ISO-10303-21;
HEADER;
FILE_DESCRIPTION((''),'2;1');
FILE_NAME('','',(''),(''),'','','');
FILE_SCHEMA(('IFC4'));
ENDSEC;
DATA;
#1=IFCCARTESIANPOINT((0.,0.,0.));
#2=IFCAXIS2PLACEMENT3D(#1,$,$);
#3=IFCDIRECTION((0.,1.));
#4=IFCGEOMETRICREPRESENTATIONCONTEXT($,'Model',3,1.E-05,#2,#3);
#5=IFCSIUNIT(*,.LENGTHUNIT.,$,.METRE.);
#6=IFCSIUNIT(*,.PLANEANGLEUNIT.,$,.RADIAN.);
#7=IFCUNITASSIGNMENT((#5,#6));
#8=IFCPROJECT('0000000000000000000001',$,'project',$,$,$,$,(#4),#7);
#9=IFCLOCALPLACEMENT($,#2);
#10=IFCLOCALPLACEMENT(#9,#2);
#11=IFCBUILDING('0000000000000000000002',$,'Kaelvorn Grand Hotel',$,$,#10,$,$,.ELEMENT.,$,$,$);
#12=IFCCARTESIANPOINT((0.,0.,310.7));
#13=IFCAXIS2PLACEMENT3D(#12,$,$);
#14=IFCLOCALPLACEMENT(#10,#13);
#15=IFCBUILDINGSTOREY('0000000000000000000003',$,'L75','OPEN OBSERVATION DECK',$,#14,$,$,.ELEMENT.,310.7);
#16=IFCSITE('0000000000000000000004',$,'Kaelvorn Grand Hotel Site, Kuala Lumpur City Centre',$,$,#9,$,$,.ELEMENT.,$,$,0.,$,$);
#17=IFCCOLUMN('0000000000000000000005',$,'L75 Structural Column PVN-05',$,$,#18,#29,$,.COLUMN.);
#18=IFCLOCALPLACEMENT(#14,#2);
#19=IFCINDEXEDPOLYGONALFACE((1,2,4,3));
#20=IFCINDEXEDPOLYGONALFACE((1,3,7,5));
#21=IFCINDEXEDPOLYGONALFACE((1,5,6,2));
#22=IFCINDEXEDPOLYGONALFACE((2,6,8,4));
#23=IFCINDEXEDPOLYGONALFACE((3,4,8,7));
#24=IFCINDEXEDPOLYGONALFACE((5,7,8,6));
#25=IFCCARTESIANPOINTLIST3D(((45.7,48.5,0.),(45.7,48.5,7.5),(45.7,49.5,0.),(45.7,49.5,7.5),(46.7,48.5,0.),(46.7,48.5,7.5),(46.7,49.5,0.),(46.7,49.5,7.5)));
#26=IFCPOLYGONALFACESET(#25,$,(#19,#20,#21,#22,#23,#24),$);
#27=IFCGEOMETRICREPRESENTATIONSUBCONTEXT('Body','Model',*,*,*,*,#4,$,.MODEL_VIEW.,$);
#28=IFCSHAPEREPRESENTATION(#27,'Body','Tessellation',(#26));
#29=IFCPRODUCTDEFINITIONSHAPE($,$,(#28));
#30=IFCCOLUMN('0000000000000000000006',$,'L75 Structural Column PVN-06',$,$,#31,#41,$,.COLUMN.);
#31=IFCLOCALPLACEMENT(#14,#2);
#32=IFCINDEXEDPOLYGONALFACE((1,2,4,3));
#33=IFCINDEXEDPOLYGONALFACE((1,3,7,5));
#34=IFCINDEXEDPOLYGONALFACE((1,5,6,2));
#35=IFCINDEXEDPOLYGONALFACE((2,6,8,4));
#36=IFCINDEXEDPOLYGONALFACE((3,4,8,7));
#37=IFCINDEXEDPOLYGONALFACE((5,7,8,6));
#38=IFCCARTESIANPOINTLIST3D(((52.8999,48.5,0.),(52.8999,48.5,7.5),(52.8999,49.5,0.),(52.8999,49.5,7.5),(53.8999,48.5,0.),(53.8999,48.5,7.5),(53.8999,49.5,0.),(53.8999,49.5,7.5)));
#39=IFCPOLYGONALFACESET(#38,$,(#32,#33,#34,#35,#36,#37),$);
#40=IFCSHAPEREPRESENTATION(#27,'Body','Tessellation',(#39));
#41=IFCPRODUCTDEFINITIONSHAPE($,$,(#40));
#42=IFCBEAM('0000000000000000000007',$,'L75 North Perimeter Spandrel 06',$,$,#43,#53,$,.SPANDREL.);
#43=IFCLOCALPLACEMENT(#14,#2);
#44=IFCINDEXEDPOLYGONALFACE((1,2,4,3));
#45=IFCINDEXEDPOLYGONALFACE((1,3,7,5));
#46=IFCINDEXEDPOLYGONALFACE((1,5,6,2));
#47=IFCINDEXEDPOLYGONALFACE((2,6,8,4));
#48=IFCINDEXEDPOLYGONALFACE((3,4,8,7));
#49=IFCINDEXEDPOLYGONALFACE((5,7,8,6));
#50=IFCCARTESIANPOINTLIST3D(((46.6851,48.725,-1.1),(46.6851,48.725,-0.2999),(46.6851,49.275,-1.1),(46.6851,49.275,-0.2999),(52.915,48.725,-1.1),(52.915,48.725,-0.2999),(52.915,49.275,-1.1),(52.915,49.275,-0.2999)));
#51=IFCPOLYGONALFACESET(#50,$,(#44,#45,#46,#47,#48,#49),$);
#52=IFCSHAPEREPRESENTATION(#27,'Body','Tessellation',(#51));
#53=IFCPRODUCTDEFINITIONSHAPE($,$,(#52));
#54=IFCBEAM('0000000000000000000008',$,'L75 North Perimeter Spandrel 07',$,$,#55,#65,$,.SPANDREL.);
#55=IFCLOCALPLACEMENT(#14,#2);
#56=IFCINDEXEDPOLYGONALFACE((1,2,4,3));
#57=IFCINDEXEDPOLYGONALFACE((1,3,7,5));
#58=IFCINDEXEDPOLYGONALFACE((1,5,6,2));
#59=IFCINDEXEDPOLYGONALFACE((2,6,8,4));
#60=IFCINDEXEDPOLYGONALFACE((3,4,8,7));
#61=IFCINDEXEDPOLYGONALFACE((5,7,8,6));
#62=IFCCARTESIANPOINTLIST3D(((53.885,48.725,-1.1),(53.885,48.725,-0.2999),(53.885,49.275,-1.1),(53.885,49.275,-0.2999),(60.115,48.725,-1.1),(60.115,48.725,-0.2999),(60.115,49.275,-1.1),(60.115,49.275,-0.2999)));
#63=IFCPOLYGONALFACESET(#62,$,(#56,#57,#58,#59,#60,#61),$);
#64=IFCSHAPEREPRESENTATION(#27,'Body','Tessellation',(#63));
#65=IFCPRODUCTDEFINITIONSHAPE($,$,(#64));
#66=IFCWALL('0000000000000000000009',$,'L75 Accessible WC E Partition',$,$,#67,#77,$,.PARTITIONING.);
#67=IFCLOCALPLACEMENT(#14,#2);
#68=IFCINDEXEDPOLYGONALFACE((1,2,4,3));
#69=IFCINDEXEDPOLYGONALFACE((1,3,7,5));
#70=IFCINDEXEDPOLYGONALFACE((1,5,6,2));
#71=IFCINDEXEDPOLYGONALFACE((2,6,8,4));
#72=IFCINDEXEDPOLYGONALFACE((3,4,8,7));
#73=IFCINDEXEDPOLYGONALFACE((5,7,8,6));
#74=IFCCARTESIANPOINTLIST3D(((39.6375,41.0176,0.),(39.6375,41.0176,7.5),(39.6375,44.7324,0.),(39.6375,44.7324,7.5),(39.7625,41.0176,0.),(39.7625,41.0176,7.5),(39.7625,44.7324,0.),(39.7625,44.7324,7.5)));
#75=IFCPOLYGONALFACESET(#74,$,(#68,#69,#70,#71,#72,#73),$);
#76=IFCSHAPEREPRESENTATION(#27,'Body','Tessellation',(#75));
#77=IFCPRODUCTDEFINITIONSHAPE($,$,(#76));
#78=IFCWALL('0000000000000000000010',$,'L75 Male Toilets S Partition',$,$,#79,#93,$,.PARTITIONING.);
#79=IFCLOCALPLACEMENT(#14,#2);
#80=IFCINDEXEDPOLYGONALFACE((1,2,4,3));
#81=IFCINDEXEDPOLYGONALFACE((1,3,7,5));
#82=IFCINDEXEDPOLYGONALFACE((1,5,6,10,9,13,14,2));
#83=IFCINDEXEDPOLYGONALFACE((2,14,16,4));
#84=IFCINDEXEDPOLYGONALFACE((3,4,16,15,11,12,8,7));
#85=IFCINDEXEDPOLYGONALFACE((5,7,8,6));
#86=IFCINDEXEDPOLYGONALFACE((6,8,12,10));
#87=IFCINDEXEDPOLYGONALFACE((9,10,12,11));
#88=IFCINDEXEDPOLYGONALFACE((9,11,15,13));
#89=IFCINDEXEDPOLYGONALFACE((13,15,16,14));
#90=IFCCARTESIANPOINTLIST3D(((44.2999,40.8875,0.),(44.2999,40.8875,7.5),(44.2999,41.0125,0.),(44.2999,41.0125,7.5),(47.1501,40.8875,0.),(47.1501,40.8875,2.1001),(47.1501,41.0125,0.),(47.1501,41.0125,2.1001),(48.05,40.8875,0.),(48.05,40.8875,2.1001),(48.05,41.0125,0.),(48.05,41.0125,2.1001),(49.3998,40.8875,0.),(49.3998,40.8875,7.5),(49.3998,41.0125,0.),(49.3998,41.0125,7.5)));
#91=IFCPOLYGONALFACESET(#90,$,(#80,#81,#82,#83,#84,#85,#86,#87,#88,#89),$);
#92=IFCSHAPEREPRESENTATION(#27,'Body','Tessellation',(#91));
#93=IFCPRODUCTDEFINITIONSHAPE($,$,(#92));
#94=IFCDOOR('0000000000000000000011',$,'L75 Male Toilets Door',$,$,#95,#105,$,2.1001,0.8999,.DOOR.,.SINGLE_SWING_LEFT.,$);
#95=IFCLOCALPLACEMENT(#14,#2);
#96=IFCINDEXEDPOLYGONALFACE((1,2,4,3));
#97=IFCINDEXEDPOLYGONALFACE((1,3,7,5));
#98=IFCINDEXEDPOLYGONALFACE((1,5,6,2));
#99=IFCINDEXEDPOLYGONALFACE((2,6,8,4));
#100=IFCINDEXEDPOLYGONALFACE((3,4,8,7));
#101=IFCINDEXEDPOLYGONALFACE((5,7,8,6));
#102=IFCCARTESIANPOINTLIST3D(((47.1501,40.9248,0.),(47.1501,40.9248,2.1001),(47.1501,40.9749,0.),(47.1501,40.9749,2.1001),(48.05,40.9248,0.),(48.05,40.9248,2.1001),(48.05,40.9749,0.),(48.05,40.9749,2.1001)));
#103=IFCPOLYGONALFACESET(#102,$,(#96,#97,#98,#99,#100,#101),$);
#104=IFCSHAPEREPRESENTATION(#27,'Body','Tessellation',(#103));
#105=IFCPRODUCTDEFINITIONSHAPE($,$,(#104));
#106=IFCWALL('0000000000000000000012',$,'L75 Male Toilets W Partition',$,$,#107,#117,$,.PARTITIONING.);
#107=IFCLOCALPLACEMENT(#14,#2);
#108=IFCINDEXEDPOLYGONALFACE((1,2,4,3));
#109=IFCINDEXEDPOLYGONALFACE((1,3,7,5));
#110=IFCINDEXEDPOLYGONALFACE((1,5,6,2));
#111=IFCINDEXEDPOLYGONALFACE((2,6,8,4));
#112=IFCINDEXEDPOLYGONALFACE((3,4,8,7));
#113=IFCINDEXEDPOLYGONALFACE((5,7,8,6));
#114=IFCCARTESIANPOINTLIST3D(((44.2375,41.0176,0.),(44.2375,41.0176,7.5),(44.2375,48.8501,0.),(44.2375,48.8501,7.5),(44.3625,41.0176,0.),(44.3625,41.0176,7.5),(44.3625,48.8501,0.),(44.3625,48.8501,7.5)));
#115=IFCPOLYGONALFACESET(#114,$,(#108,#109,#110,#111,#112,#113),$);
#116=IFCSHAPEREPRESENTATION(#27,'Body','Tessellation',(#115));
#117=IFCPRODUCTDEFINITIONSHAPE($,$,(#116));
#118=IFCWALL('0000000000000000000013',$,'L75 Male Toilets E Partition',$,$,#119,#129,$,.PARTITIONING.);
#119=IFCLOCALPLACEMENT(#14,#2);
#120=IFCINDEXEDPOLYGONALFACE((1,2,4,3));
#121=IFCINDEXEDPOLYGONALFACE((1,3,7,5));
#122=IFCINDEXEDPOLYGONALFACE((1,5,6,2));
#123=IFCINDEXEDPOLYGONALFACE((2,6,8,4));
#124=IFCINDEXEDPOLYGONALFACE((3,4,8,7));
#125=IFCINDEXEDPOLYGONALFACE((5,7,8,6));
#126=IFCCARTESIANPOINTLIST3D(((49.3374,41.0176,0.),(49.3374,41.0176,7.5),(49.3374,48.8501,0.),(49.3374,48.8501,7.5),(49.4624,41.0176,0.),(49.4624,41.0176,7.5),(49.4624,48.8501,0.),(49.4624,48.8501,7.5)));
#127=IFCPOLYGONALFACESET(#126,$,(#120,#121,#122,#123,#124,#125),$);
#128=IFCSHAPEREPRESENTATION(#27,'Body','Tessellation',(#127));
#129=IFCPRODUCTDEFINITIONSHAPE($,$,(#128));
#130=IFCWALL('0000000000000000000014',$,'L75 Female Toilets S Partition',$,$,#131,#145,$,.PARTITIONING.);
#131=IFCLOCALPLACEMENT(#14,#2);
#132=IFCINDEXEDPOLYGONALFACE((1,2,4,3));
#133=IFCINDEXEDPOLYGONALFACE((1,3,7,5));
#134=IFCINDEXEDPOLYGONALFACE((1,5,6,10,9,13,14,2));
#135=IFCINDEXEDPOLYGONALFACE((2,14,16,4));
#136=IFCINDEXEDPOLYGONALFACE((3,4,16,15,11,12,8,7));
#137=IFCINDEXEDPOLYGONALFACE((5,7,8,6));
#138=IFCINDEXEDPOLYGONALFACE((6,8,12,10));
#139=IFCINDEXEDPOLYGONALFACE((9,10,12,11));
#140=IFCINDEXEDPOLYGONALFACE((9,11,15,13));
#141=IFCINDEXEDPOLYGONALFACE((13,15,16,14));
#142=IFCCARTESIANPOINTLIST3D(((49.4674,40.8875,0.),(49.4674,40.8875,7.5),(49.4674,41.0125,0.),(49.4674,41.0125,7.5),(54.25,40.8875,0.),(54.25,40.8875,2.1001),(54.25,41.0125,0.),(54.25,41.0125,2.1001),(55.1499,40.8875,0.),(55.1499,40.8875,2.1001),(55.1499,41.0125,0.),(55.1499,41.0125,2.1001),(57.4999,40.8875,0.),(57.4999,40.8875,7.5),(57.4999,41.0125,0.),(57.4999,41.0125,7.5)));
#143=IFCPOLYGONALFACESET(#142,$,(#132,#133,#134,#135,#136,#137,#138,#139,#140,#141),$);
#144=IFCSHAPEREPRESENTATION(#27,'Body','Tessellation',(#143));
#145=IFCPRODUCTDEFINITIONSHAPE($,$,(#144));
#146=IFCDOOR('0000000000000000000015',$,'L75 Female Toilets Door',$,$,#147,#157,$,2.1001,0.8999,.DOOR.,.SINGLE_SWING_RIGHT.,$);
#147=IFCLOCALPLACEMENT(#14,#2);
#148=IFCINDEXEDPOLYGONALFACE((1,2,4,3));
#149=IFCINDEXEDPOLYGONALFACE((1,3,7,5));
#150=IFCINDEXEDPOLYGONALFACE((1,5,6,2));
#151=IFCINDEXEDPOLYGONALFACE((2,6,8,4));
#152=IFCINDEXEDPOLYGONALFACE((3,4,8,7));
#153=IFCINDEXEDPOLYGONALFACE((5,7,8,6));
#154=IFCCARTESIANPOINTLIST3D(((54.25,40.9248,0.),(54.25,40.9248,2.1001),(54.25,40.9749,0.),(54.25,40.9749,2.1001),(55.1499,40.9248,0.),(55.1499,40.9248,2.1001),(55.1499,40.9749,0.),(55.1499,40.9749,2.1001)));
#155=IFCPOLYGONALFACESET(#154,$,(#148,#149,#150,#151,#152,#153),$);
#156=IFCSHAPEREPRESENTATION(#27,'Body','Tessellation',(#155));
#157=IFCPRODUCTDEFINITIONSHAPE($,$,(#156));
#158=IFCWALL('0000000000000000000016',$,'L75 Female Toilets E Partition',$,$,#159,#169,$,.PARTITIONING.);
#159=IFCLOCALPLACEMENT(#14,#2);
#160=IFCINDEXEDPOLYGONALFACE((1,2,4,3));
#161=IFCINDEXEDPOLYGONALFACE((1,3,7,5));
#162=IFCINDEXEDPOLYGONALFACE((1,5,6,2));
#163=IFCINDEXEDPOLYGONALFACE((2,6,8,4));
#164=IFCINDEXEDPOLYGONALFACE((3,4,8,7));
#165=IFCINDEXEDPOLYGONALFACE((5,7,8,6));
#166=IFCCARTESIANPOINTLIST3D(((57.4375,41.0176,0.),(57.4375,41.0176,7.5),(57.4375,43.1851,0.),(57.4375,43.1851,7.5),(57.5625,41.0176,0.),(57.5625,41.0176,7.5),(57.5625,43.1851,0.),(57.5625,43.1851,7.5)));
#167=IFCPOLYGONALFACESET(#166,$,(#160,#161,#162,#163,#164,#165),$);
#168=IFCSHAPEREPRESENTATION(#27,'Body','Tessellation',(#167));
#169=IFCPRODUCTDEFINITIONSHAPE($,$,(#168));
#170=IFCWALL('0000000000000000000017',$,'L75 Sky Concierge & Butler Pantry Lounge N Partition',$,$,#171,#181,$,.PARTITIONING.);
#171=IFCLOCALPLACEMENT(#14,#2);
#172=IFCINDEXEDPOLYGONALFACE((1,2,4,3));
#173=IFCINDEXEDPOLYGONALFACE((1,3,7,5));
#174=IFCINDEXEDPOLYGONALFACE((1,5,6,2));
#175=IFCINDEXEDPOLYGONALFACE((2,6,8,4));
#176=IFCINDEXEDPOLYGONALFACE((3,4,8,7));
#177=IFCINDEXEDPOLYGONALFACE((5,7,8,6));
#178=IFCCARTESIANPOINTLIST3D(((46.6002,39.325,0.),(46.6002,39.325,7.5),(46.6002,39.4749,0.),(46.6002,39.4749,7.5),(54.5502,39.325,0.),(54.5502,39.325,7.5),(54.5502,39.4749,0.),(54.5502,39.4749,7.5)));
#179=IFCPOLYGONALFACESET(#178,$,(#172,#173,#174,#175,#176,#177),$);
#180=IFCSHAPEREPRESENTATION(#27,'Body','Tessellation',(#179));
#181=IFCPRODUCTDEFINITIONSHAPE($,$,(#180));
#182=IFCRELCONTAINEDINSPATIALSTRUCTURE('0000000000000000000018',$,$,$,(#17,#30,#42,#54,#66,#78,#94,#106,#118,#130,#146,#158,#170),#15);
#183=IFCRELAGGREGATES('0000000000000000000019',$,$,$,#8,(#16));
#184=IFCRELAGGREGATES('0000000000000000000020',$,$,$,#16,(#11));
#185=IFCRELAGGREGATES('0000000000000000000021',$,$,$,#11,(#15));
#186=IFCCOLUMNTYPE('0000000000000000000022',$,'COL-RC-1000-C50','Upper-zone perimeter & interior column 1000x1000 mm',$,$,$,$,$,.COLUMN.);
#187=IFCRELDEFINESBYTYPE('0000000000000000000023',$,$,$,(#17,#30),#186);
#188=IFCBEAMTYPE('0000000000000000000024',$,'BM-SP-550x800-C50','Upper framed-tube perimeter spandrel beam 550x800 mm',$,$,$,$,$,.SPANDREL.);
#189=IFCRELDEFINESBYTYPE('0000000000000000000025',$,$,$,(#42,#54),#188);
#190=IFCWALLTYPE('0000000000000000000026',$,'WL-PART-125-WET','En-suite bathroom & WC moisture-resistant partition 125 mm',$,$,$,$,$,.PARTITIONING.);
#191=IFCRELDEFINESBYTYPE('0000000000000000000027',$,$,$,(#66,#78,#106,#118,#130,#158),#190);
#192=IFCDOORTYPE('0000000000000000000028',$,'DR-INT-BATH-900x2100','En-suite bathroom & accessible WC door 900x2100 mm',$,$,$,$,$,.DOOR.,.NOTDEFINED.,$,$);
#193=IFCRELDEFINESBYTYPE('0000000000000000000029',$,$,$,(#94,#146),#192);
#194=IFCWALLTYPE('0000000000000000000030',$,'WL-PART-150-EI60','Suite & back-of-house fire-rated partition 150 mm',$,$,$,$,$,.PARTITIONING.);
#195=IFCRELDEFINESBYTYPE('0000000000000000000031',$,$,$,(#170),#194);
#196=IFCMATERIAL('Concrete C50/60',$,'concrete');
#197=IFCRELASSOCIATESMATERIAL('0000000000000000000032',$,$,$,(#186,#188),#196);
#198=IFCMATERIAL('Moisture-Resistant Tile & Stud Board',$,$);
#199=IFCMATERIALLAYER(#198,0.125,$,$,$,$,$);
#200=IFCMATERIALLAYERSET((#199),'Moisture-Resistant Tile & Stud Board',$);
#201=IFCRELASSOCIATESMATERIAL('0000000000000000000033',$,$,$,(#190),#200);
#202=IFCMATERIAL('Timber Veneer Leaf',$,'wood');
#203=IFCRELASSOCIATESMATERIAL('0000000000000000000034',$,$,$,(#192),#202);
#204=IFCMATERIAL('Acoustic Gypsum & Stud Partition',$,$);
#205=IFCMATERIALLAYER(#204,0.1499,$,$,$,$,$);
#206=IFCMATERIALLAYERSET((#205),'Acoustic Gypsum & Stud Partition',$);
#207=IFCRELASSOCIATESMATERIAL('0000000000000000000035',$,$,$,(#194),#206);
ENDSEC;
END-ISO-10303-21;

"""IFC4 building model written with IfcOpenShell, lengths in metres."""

from ifc_helpers import new_model, si_unit, direction, frame, frame_2d, origin, origin_2d, place, context, subcontext, project, spatial, rectangle, extrude, material, layer, layer_set, material_profile, profile_set, type_object, element, fill, save


model = new_model("IFC4")

# Units and contexts
model_context = context("Model", 3, precision=1e-05, world=origin(), true_north=direction((0.0, 1.0)))
body_context = subcontext(model_context, "Body", "Model", "MODEL_VIEW")
ifc_project = project(units=[si_unit("LENGTHUNIT", "METRE"), si_unit("PLANEANGLEUNIT", "RADIAN")], contexts=[model_context])

# Site, building, storey
site_placement = place(None, origin())
site = spatial("IfcSite", under=ifc_project, at=site_placement, Name="Kaelvorn Grand Hotel Site, Kuala Lumpur City Centre", CompositionType="ELEMENT", RefElevation=0.0)
building_placement = place(site_placement, origin())
building = spatial("IfcBuilding", under=site, at=building_placement, Name="Kaelvorn Grand Hotel", CompositionType="ELEMENT")
storey_placement = place(building_placement, frame((0.0, 0.0, 310.7)))
storey = spatial("IfcBuildingStorey", under=building, at=storey_placement, Name="L75", Description="OPEN OBSERVATION DECK", CompositionType="ELEMENT", Elevation=310.7)

# Columns
ifc_material_1 = material(Name="Concrete C50/60", Category="concrete")
ifc_material_profile_1 = material_profile(ifc_material_1, rectangle(XDim=1.0, YDim=1.0, at=origin_2d()), Name="RC COL 1000x1000")
ifc_profile_set_1 = profile_set([ifc_material_profile_1], Name="Concrete C50/60")
column_type = type_object("IfcColumnType", Name="COL-RC-1000-C50", Description="Upper-zone perimeter & interior column 1000x1000 mm", PredefinedType="COLUMN", material=ifc_profile_set_1)
for number, where, z_axis, x_axis, name in (
    (1, (46.2, 49.0, 0.0), (0.0, 0.0, 1.0), (1.0, 0.0, 0.0), "L75 Structural Column PVN-05"),
    (2, (53.3999, 49.0, 0.0), (0.0, 0.0, 1.0), (1.0, 0.0, 0.0), "L75 Structural Column PVN-06"),
):
    element("IfcColumn", number, at=place(storey_placement, frame(where, z_axis=z_axis, x_axis=x_axis)), inside=storey, type_object=column_type, Name=name, PredefinedType="COLUMN", context=body_context, shape_type="SweptSolid", body=[
        extrude(rectangle(XDim=1.0, YDim=1.0, at=origin_2d()), origin(), (0.0, 0.0, 1.0), 7.5),
    ])

# Beams
ifc_material_profile_2 = material_profile(ifc_material_1, rectangle(XDim=0.55, YDim=0.8, at=origin_2d()), Name="RC SPANDREL 550x800")
ifc_profile_set_2 = profile_set([ifc_material_profile_2], Name="Concrete C50/60")
beam_type = type_object("IfcBeamType", Name="BM-SP-550x800-C50", Description="Upper framed-tube perimeter spandrel beam 550x800 mm", PredefinedType="SPANDREL", material=ifc_profile_set_2)
for number, where, z_axis, x_axis, name in (
    (3, (46.6851, 49.0, -0.7), (1.0, 0.0, 0.0), (0.0, 1.0, 0.0), "L75 North Perimeter Spandrel 06"),
    (4, (53.885, 49.0, -0.7), (1.0, 0.0, 0.0), (0.0, 1.0, 0.0), "L75 North Perimeter Spandrel 07"),
):
    element("IfcBeam", number, at=place(storey_placement, frame(where, z_axis=z_axis, x_axis=x_axis)), inside=storey, type_object=beam_type, Name=name, PredefinedType="SPANDREL", context=body_context, shape_type="SweptSolid", body=[
        extrude(rectangle(XDim=0.55, YDim=0.8, at=origin_2d()), origin(), (0.0, 0.0, 1.0), 6.23),
    ])

# Wall
ifc_material_2 = material(Name="Moisture-Resistant Tile & Stud Board")
ifc_layer_1 = layer(ifc_material_2, 0.125)
ifc_layer_set_1 = layer_set([ifc_layer_1], Name="Moisture-Resistant Tile & Stud Board")
wall_type_1 = type_object("IfcWallType", Name="WL-PART-125-WET", Description="En-suite bathroom & WC moisture-resistant partition 125 mm", PredefinedType="PARTITIONING", material=ifc_layer_set_1)
wall_1_placement = place(storey_placement, frame((39.7, 41.0176, 0.0), z_axis=(0.0, 0.0, 1.0), x_axis=(0.0, 1.0, 0.0)))
element("IfcWall", 5, at=wall_1_placement, inside=storey, type_object=wall_type_1, Name="L75 Accessible WC E Partition", PredefinedType="PARTITIONING", context=body_context, shape_type="SweptSolid", body=[
    extrude(rectangle(XDim=3.7148, YDim=0.125, at=frame_2d((1.8574, 0.0))), origin(), (0.0, 0.0, 1.0), 7.5),
])

# Wall, opening, door
wall_2_placement = place(storey_placement, frame((44.3, 40.95, 0.0), z_axis=(0.0, 0.0, 1.0), x_axis=(1.0, 0.0, 0.0)))
wall_2 = element("IfcWall", 6, at=wall_2_placement, inside=storey, type_object=wall_type_1, Name="L75 Male Toilets S Partition", PredefinedType="PARTITIONING", context=body_context, shape_type="SweptSolid", body=[
    extrude(rectangle(XDim=5.0999, YDim=0.125, at=frame_2d((2.5498, 0.0))), origin(), (0.0, 0.0, 1.0), 7.5),
])
opening_1_placement = place(wall_2_placement, frame((2.8501, 0.0, 0.0)))
opening_1 = element("IfcOpeningElement", 7, at=opening_1_placement, cuts=wall_2, PredefinedType="OPENING", context=body_context, shape_type="SweptSolid", body=[
    extrude(rectangle(XDim=0.8999, YDim=2.1001, at=frame_2d((0.45, 1.05))), frame((0.0, 0.0725, 0.0), z_axis=(0.0, -1.0, 0.0), x_axis=(1.0, 0.0, 0.0)), (0.0, 0.0, 1.0), 0.145),
])
ifc_material_3 = material(Name="Timber Veneer Leaf", Category="wood")
door_type_1 = type_object("IfcDoorType", Name="DR-INT-BATH-900x2100", Description="En-suite bathroom & accessible WC door 900x2100 mm", OperationType="NOTDEFINED", PredefinedType="DOOR", material=ifc_material_3)
door_1_placement = place(opening_1_placement, origin())
door_1 = element("IfcDoor", 8, at=door_1_placement, inside=storey, type_object=door_type_1, Name="L75 Male Toilets Door", OperationType="SINGLE_SWING_LEFT", OverallHeight=2.1001, OverallWidth=0.8999, PredefinedType="DOOR", context=body_context, shape_type="SweptSolid", body=[
    extrude(rectangle(XDim=0.8999, YDim=2.1001, at=frame_2d((0.45, 1.05))), frame((0.0, 0.0249, 0.0), z_axis=(0.0, -1.0, 0.0), x_axis=(1.0, 0.0, 0.0)), (0.0, 0.0, 1.0), 0.05),
])
fill(opening_1, door_1)

# Walls
for number, where, z_axis, x_axis, name in (
    (9, (44.3, 41.0176, 0.0), (0.0, 0.0, 1.0), (0.0, 1.0, 0.0), "L75 Male Toilets W Partition"),
    (10, (49.3999, 41.0176, 0.0), (0.0, 0.0, 1.0), (0.0, 1.0, 0.0), "L75 Male Toilets E Partition"),
):
    element("IfcWall", number, at=place(storey_placement, frame(where, z_axis=z_axis, x_axis=x_axis)), inside=storey, type_object=wall_type_1, Name=name, PredefinedType="PARTITIONING", context=body_context, shape_type="SweptSolid", body=[
        extrude(rectangle(XDim=7.8325, YDim=0.125, at=frame_2d((3.9163, 0.0))), origin(), (0.0, 0.0, 1.0), 7.5),
    ])

# Wall, opening, door
wall_3_placement = place(storey_placement, frame((49.4675, 40.95, 0.0), z_axis=(0.0, 0.0, 1.0), x_axis=(1.0, 0.0, 0.0)))
wall_3 = element("IfcWall", 11, at=wall_3_placement, inside=storey, type_object=wall_type_1, Name="L75 Female Toilets S Partition", PredefinedType="PARTITIONING", context=body_context, shape_type="SweptSolid", body=[
    extrude(rectangle(XDim=8.0325, YDim=0.125, at=frame_2d((4.0161, 0.0))), origin(), (0.0, 0.0, 1.0), 7.5),
])
opening_2_placement = place(wall_3_placement, frame((4.7825, 0.0, 0.0)))
opening_2 = element("IfcOpeningElement", 12, at=opening_2_placement, cuts=wall_3, PredefinedType="OPENING", context=body_context, shape_type="SweptSolid", body=[
    extrude(rectangle(XDim=0.8999, YDim=2.1001, at=frame_2d((0.45, 1.05))), frame((0.0, 0.0725, 0.0), z_axis=(0.0, -1.0, 0.0), x_axis=(1.0, 0.0, 0.0)), (0.0, 0.0, 1.0), 0.145),
])
door_2_placement = place(opening_2_placement, origin())
door_2 = element("IfcDoor", 13, at=door_2_placement, inside=storey, type_object=door_type_1, Name="L75 Female Toilets Door", OperationType="SINGLE_SWING_RIGHT", OverallHeight=2.1001, OverallWidth=0.8999, PredefinedType="DOOR", context=body_context, shape_type="SweptSolid", body=[
    extrude(rectangle(XDim=0.8999, YDim=2.1001, at=frame_2d((0.45, 1.05))), frame((0.0, 0.0249, 0.0), z_axis=(0.0, -1.0, 0.0), x_axis=(1.0, 0.0, 0.0)), (0.0, 0.0, 1.0), 0.05),
])
fill(opening_2, door_2)

# Walls
wall_4_placement = place(storey_placement, frame((57.5, 41.0176, 0.0), z_axis=(0.0, 0.0, 1.0), x_axis=(0.0, 1.0, 0.0)))
element("IfcWall", 14, at=wall_4_placement, inside=storey, type_object=wall_type_1, Name="L75 Female Toilets E Partition", PredefinedType="PARTITIONING", context=body_context, shape_type="SweptSolid", body=[
    extrude(rectangle(XDim=2.1675, YDim=0.125, at=frame_2d((1.0837, 0.0))), origin(), (0.0, 0.0, 1.0), 7.5),
])
ifc_material_4 = material(Name="Acoustic Gypsum & Stud Partition")
ifc_layer_2 = layer(ifc_material_4, 0.1499)
ifc_layer_set_2 = layer_set([ifc_layer_2], Name="Acoustic Gypsum & Stud Partition")
wall_type_2 = type_object("IfcWallType", Name="WL-PART-150-EI60", Description="Suite & back-of-house fire-rated partition 150 mm", PredefinedType="PARTITIONING", material=ifc_layer_set_2)
wall_5_placement = place(storey_placement, frame((46.6001, 39.3999, 0.0), z_axis=(0.0, 0.0, 1.0), x_axis=(1.0, 0.0, 0.0)))
element("IfcWall", 15, at=wall_5_placement, inside=storey, type_object=wall_type_2, Name="L75 Sky Concierge & Butler Pantry Lounge N Partition", PredefinedType="PARTITIONING", context=body_context, shape_type="SweptSolid", body=[
    extrude(rectangle(XDim=7.95, YDim=0.1499, at=frame_2d((3.9751, 0.0))), origin(), (0.0, 0.0, 1.0), 7.5),
])

save(model, "model.ifc")
